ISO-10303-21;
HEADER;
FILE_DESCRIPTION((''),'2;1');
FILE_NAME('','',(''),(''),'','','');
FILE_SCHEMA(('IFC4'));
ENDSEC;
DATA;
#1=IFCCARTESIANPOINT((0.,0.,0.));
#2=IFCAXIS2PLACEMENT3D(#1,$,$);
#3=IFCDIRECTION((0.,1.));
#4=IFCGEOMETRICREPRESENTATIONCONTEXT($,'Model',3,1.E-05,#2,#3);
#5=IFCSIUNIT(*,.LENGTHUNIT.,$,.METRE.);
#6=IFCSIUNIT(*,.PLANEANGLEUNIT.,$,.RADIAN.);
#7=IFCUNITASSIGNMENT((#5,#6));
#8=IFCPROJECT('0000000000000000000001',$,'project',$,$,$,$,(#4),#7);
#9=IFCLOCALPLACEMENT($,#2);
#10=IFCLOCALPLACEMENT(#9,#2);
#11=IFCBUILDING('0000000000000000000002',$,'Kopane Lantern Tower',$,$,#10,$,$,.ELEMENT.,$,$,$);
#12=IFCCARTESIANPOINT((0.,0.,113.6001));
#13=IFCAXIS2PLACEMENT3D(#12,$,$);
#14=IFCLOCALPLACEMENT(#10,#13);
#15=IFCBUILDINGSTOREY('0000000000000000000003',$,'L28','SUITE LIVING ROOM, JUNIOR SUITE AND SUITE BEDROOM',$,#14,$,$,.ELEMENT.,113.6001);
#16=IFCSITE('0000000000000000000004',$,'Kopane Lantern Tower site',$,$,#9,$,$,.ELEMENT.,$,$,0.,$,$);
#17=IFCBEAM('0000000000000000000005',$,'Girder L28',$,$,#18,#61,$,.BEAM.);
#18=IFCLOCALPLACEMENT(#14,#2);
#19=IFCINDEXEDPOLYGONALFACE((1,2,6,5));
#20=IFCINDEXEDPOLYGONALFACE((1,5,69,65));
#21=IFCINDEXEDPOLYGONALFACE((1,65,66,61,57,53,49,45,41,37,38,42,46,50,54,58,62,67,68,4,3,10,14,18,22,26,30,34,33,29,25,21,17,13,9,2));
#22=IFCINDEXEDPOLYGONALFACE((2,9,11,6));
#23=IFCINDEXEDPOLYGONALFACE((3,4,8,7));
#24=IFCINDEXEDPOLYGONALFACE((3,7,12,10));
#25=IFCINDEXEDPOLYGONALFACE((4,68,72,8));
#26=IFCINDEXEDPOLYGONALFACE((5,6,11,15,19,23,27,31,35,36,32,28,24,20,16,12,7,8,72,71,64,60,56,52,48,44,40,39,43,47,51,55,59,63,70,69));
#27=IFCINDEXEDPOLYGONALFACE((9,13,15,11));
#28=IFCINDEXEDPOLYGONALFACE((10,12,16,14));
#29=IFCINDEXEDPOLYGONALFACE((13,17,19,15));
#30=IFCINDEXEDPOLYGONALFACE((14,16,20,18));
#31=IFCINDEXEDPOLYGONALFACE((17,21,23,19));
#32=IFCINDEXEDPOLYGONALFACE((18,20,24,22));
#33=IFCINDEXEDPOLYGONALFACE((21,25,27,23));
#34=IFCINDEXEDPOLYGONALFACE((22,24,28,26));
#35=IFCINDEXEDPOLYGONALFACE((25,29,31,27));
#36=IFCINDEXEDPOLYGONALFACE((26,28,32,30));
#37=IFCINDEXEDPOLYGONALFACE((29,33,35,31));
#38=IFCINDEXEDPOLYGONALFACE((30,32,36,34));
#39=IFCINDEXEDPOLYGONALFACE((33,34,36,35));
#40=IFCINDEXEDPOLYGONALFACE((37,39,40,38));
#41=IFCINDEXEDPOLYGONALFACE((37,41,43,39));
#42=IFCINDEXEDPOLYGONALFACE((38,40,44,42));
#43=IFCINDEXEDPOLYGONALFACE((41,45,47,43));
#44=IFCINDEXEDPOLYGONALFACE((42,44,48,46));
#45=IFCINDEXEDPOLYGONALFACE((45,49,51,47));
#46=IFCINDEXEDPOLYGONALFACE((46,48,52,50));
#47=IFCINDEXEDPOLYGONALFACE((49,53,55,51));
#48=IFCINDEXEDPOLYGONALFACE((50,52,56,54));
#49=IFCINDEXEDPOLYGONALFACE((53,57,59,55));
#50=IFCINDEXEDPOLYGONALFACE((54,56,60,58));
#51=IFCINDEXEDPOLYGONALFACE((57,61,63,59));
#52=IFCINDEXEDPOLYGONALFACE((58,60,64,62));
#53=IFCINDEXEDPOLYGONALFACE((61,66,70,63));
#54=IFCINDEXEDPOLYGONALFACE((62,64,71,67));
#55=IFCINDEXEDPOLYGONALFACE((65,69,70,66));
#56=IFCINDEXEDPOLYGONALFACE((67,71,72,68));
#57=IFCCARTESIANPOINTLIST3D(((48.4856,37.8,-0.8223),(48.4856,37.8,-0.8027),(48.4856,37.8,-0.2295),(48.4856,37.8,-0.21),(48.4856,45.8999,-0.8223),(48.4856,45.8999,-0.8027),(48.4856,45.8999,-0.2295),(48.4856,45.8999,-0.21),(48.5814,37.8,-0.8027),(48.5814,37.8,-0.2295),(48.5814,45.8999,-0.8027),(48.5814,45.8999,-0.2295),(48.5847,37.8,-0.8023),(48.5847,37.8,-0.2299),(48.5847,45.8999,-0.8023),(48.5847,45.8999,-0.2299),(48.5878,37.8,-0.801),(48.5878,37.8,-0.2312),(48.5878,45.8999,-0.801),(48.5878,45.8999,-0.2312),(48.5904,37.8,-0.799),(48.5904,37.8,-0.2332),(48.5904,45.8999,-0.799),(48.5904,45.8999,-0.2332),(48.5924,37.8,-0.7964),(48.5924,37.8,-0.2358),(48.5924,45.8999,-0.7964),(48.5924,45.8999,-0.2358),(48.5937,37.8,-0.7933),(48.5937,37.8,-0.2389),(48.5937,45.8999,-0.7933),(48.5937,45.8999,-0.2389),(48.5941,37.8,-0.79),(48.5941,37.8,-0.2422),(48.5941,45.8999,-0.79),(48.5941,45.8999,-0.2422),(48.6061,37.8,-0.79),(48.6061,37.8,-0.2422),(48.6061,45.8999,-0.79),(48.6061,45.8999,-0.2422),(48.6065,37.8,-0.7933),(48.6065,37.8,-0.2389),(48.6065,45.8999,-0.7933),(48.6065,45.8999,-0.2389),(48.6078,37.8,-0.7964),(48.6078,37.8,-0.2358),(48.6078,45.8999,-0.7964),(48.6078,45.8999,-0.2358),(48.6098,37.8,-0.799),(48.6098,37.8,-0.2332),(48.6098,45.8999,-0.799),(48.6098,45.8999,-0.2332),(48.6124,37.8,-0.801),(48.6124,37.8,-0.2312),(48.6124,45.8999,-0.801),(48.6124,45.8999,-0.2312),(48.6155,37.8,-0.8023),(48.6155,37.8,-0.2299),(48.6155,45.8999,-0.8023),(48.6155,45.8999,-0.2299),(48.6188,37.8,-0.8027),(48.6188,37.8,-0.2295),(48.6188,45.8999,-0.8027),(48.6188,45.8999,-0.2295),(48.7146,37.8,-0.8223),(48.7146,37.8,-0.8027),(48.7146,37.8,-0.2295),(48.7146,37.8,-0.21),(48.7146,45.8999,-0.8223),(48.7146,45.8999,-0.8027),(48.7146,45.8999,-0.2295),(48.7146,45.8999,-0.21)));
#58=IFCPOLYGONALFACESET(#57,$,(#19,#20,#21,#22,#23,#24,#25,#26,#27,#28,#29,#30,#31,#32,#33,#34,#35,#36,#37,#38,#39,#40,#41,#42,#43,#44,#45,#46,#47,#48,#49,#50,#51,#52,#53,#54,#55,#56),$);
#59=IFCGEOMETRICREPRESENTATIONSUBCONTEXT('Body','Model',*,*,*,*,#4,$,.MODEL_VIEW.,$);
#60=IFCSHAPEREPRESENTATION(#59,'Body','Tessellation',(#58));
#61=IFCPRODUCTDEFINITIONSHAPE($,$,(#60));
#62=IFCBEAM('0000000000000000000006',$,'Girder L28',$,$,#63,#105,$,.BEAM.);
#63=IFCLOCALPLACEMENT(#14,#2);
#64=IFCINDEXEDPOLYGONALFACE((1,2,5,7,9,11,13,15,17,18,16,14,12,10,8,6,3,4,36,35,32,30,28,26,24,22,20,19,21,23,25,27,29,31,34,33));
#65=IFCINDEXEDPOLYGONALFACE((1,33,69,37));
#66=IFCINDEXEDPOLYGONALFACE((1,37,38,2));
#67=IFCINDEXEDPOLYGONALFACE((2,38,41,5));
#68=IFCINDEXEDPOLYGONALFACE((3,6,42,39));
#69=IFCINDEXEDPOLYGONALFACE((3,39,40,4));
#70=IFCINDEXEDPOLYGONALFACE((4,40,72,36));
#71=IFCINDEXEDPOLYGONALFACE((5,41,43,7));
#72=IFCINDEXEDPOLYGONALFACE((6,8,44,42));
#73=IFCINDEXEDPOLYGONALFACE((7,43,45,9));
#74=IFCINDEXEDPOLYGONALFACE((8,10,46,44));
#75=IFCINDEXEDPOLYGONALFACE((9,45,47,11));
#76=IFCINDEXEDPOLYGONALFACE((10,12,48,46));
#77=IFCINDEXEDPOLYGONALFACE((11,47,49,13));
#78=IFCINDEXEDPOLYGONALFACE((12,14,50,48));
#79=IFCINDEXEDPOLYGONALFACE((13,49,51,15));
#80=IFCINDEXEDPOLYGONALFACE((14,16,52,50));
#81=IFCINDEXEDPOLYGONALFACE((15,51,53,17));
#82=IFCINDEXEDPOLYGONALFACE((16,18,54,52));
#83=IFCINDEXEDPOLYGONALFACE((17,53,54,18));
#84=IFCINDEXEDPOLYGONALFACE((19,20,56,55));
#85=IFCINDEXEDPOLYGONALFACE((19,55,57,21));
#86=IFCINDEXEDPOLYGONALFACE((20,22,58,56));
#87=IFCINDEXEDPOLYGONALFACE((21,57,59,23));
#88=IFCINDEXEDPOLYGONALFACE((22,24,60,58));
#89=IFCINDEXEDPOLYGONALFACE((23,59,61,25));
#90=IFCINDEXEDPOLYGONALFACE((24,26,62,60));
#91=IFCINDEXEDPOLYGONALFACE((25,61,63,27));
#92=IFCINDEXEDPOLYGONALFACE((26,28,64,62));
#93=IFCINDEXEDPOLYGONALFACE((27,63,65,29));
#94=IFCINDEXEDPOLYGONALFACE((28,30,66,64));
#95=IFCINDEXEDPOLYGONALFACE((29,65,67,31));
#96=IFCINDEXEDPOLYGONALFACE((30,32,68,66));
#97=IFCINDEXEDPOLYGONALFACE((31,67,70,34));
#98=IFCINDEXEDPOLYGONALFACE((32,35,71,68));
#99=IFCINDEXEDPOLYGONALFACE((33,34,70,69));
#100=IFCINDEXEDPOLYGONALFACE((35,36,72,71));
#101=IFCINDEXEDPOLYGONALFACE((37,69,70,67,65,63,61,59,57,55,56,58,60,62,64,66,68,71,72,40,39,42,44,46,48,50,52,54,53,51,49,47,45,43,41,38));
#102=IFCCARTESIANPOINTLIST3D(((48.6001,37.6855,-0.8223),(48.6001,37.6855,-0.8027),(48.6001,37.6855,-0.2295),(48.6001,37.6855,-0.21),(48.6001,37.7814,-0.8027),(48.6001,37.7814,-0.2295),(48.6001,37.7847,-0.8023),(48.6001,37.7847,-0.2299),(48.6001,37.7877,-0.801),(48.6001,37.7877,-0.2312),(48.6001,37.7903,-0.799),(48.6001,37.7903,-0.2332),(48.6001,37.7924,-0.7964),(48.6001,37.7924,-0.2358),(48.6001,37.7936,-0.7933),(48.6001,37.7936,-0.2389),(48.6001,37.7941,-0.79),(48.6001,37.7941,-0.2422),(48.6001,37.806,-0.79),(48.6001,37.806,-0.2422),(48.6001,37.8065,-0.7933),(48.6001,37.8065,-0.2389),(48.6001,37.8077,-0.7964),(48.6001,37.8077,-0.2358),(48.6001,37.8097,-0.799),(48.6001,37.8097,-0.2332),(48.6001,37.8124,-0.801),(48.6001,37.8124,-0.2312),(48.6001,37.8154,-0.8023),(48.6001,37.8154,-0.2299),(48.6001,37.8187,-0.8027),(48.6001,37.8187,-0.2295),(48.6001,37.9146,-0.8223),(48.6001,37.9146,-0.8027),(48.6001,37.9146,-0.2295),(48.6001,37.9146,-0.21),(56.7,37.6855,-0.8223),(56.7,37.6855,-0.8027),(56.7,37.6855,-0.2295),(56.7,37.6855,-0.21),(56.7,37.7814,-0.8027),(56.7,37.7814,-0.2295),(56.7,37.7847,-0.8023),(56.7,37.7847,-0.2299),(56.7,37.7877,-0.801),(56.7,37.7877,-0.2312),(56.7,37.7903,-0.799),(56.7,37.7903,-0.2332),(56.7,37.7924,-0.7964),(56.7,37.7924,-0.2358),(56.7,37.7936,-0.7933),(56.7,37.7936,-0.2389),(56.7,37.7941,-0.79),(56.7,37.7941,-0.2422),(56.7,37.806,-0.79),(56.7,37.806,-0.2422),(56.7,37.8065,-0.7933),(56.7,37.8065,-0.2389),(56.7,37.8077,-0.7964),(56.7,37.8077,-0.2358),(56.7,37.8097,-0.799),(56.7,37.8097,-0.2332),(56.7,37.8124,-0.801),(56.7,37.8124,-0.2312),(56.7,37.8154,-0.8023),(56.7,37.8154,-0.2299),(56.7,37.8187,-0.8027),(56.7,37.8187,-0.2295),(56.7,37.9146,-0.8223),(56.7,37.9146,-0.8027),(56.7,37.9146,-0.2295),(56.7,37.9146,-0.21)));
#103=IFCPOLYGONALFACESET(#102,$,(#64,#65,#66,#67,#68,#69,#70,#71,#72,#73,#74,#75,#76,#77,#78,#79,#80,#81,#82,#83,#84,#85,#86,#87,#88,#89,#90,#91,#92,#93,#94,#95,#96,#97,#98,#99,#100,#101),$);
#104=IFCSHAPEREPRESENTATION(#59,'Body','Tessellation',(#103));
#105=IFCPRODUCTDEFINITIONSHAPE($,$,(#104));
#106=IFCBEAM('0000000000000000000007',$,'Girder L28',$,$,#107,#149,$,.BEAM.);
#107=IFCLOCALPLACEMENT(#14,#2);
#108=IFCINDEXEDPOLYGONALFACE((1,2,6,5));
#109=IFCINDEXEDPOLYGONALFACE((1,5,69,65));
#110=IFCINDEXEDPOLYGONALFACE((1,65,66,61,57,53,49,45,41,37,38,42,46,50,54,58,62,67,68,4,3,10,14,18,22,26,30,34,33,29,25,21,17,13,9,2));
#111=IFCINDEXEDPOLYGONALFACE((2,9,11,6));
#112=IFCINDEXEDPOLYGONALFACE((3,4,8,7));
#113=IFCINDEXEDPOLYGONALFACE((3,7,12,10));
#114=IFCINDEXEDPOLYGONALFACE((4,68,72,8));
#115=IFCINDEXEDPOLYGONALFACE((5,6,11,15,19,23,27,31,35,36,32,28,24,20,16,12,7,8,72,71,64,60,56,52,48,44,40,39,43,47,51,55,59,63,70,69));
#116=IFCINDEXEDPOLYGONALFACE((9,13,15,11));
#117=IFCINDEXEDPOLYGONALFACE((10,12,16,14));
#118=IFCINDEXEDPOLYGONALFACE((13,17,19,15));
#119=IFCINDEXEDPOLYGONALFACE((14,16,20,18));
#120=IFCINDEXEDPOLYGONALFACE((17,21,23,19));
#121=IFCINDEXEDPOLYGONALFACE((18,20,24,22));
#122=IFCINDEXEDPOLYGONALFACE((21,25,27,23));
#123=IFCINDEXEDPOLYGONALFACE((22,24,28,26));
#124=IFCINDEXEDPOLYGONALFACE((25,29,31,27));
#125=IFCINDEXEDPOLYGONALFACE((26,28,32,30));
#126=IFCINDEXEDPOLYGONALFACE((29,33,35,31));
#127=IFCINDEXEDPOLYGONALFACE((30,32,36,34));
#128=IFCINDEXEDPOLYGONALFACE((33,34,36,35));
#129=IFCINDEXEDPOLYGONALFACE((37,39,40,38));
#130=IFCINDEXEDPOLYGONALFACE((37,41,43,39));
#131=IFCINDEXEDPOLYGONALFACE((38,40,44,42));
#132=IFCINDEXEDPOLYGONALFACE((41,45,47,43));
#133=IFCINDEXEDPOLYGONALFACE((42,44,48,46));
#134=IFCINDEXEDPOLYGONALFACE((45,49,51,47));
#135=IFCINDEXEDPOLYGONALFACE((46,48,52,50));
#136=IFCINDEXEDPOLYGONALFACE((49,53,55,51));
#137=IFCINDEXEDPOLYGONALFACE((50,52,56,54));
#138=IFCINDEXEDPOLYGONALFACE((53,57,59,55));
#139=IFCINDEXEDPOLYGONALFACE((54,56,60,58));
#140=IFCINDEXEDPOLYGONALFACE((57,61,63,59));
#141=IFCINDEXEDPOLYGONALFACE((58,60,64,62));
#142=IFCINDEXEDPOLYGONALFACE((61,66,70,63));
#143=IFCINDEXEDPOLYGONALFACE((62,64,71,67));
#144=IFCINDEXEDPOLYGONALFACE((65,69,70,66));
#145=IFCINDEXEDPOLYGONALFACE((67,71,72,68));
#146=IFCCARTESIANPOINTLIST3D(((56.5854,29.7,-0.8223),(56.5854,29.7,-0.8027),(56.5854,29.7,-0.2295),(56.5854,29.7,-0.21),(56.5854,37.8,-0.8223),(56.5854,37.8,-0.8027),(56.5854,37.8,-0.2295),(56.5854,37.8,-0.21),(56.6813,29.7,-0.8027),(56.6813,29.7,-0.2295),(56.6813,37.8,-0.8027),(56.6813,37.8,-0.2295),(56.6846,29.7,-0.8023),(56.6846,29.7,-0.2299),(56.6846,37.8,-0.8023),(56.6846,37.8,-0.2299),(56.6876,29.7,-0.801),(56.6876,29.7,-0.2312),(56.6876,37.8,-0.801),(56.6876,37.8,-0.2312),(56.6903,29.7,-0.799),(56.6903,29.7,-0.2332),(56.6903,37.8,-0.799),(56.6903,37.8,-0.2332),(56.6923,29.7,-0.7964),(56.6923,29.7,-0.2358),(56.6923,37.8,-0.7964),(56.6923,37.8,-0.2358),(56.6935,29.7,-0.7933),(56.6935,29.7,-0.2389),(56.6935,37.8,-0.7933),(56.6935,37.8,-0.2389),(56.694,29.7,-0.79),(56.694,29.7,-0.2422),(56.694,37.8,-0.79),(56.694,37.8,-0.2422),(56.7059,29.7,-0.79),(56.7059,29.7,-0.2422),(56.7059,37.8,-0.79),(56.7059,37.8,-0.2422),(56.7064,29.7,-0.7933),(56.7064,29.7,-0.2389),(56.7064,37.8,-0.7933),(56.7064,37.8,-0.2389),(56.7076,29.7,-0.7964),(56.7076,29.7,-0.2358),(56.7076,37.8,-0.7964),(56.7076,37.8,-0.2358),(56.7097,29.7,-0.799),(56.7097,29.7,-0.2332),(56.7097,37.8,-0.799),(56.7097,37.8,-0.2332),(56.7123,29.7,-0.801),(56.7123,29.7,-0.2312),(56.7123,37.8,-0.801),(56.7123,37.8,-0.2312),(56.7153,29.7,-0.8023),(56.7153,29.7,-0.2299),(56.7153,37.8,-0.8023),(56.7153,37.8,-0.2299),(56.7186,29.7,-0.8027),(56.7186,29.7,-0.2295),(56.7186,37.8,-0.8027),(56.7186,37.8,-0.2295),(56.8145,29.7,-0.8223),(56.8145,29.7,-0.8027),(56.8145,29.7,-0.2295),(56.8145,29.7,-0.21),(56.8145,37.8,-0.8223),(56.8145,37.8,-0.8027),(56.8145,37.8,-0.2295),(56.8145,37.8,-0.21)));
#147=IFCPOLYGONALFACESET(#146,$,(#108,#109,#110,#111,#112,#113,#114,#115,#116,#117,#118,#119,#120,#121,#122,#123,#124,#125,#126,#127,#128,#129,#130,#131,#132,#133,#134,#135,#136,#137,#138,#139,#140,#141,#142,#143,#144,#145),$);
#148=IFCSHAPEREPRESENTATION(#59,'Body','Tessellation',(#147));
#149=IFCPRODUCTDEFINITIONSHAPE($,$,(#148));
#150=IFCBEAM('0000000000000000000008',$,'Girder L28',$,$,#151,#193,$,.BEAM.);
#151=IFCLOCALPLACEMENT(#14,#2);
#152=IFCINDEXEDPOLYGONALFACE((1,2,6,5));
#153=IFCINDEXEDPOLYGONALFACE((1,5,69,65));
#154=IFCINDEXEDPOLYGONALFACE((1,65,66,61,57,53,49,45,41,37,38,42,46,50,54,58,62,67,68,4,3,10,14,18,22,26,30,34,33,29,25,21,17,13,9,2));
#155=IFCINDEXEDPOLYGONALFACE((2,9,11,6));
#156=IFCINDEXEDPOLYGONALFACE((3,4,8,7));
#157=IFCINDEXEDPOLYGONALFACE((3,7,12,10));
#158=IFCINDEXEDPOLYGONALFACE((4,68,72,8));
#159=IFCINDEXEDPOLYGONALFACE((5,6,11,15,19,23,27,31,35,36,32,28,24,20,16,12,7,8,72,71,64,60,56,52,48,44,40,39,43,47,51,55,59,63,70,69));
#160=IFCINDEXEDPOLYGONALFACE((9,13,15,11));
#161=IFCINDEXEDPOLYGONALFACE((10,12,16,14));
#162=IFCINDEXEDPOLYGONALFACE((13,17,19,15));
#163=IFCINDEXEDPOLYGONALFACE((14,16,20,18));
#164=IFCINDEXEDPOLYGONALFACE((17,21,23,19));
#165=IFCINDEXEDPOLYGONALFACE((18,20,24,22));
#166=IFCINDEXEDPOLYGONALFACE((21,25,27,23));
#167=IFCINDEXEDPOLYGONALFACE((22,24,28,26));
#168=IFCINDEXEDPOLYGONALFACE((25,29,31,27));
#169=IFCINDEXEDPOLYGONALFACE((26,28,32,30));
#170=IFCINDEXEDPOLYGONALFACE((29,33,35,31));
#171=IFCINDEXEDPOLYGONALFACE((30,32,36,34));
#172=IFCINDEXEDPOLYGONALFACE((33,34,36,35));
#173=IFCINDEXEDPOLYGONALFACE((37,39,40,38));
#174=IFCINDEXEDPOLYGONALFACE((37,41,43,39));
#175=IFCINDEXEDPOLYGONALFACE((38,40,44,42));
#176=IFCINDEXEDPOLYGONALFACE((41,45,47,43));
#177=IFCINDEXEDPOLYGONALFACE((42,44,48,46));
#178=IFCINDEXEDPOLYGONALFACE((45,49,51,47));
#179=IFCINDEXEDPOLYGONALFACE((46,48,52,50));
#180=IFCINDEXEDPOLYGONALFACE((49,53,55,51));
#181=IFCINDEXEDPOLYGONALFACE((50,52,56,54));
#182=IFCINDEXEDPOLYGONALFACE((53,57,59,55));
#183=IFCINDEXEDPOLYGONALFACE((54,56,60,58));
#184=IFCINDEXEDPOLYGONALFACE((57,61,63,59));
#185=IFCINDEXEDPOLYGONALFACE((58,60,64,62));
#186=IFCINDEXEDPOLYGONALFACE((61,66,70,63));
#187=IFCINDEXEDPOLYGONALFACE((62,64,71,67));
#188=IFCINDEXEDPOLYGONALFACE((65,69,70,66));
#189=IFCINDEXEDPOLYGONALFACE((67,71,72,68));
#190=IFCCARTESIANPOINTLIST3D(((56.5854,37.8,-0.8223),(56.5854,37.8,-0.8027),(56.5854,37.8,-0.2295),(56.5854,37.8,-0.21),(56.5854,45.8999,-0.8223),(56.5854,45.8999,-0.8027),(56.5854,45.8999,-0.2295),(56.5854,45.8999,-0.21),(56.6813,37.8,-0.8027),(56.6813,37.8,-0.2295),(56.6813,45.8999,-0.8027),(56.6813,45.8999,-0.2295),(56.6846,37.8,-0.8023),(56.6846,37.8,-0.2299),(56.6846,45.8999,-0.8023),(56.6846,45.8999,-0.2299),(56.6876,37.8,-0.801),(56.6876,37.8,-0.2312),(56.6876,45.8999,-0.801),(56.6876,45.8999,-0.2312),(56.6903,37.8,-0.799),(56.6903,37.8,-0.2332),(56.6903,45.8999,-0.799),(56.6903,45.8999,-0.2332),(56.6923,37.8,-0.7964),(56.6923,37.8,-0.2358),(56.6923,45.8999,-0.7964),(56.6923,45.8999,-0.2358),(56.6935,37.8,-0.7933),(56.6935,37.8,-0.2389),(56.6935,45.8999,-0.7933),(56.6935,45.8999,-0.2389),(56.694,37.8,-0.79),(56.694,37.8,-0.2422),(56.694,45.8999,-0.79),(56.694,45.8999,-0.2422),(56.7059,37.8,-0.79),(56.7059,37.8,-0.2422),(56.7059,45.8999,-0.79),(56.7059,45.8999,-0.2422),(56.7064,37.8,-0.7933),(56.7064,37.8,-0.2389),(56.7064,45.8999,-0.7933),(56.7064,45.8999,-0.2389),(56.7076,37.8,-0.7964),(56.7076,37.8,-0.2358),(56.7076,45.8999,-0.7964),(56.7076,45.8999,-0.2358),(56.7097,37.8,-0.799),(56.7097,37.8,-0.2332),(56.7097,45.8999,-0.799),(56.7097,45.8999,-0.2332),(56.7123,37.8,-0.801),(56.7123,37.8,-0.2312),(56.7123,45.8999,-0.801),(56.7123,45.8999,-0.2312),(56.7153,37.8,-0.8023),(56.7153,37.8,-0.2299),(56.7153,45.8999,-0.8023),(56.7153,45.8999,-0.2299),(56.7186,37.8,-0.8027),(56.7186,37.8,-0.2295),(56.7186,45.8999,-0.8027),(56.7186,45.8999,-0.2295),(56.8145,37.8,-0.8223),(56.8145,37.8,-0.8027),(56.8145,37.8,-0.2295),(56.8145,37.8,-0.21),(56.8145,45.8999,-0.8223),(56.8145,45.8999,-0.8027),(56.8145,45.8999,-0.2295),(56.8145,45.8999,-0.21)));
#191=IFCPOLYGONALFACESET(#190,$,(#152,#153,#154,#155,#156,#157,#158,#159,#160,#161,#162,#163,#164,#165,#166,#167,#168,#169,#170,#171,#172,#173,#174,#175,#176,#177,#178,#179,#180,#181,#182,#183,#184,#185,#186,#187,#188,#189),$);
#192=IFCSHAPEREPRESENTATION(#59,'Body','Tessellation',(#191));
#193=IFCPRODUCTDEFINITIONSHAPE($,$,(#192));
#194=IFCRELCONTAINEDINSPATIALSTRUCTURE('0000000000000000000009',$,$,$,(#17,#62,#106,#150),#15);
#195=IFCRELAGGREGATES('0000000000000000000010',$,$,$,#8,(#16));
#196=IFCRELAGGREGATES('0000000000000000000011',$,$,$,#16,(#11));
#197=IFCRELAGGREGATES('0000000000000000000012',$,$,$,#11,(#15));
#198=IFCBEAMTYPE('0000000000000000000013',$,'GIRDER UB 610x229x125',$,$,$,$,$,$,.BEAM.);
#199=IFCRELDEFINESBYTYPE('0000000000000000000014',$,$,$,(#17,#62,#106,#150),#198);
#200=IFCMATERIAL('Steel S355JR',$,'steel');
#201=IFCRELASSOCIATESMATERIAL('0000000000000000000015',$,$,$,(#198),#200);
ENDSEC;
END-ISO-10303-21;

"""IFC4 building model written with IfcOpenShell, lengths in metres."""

from ifc_helpers import new_model, si_unit, direction, frame, origin, origin_2d, place, context, subcontext, project, spatial, i_section, extrude, material, material_profile, profile_set, type_object, element, save


model = new_model("IFC4")

# Units and contexts
model_context = context("Model", 3, precision=1e-05, world=origin(), true_north=direction((0.0, 1.0)))
body_context = subcontext(model_context, "Body", "Model", "MODEL_VIEW")
ifc_project = project(units=[si_unit("LENGTHUNIT", "METRE"), si_unit("PLANEANGLEUNIT", "RADIAN")], contexts=[model_context])

# Site, building, storey
site_placement = place(None, origin())
site = spatial("IfcSite", under=ifc_project, at=site_placement, Name="Kopane Lantern Tower site", CompositionType="ELEMENT", RefElevation=0.0)
building_placement = place(site_placement, origin())
building = spatial("IfcBuilding", under=site, at=building_placement, Name="Kopane Lantern Tower", CompositionType="ELEMENT")
storey_placement = place(building_placement, frame((0.0, 0.0, 113.6001)))
storey = spatial("IfcBuildingStorey", under=building, at=storey_placement, Name="L28", Description="SUITE LIVING ROOM, JUNIOR SUITE AND SUITE BEDROOM", CompositionType="ELEMENT", Elevation=113.6001)

# Beams
ifc_material_1 = material(Name="Steel S355JR", Category="steel")
ifc_material_profile_1 = material_profile(ifc_material_1, i_section(OverallWidth=0.229, OverallDepth=0.6123, WebThickness=0.012, FlangeThickness=0.0195, FilletRadius=0.0127, at=origin_2d()), Name="UB 610x229x125")
ifc_profile_set_1 = profile_set([ifc_material_profile_1], Name="Steel S355JR")
beam_type = type_object("IfcBeamType", Name="GIRDER UB 610x229x125", PredefinedType="BEAM", material=ifc_profile_set_1)
for number, where, z_axis, x_axis, name in (
    (1, (48.6001, 37.8, -0.5161), (0.0, 1.0, 0.0), (-1.0, 0.0, 0.0), "Girder L28"),
    (2, (48.6001, 37.8, -0.5161), (1.0, 0.0, 0.0), (0.0, 1.0, 0.0), "Girder L28"),
):
    element("IfcBeam", number, at=place(storey_placement, frame(where, z_axis=z_axis, x_axis=x_axis)), inside=storey, type_object=beam_type, Name=name, PredefinedType="BEAM", context=body_context, shape_type="SweptSolid", body=[
        extrude(i_section(OverallWidth=0.229, OverallDepth=0.6123, WebThickness=0.012, FlangeThickness=0.0195, FilletRadius=0.0127, at=origin_2d()), origin(), (0.0, 0.0, 1.0), 8.0999),
    ])
beam_1_placement = place(storey_placement, frame((56.7, 29.7, -0.5161), z_axis=(0.0, 1.0, 0.0), x_axis=(-1.0, 0.0, 0.0)))
element("IfcBeam", 3, at=beam_1_placement, inside=storey, type_object=beam_type, Name="Girder L28", PredefinedType="BEAM", context=body_context, shape_type="SweptSolid", body=[
    extrude(i_section(OverallWidth=0.229, OverallDepth=0.6123, WebThickness=0.012, FlangeThickness=0.0195, FilletRadius=0.0127, at=origin_2d()), origin(), (0.0, 0.0, 1.0), 8.1001),
])
beam_2_placement = place(storey_placement, frame((56.7, 37.8, -0.5161), z_axis=(0.0, 1.0, 0.0), x_axis=(-1.0, 0.0, 0.0)))
element("IfcBeam", 4, at=beam_2_placement, inside=storey, type_object=beam_type, Name="Girder L28", PredefinedType="BEAM", context=body_context, shape_type="SweptSolid", body=[
    extrude(i_section(OverallWidth=0.229, OverallDepth=0.6123, WebThickness=0.012, FlangeThickness=0.0195, FilletRadius=0.0127, at=origin_2d()), origin(), (0.0, 0.0, 1.0), 8.0999),
])

save(model, "model.ifc")
